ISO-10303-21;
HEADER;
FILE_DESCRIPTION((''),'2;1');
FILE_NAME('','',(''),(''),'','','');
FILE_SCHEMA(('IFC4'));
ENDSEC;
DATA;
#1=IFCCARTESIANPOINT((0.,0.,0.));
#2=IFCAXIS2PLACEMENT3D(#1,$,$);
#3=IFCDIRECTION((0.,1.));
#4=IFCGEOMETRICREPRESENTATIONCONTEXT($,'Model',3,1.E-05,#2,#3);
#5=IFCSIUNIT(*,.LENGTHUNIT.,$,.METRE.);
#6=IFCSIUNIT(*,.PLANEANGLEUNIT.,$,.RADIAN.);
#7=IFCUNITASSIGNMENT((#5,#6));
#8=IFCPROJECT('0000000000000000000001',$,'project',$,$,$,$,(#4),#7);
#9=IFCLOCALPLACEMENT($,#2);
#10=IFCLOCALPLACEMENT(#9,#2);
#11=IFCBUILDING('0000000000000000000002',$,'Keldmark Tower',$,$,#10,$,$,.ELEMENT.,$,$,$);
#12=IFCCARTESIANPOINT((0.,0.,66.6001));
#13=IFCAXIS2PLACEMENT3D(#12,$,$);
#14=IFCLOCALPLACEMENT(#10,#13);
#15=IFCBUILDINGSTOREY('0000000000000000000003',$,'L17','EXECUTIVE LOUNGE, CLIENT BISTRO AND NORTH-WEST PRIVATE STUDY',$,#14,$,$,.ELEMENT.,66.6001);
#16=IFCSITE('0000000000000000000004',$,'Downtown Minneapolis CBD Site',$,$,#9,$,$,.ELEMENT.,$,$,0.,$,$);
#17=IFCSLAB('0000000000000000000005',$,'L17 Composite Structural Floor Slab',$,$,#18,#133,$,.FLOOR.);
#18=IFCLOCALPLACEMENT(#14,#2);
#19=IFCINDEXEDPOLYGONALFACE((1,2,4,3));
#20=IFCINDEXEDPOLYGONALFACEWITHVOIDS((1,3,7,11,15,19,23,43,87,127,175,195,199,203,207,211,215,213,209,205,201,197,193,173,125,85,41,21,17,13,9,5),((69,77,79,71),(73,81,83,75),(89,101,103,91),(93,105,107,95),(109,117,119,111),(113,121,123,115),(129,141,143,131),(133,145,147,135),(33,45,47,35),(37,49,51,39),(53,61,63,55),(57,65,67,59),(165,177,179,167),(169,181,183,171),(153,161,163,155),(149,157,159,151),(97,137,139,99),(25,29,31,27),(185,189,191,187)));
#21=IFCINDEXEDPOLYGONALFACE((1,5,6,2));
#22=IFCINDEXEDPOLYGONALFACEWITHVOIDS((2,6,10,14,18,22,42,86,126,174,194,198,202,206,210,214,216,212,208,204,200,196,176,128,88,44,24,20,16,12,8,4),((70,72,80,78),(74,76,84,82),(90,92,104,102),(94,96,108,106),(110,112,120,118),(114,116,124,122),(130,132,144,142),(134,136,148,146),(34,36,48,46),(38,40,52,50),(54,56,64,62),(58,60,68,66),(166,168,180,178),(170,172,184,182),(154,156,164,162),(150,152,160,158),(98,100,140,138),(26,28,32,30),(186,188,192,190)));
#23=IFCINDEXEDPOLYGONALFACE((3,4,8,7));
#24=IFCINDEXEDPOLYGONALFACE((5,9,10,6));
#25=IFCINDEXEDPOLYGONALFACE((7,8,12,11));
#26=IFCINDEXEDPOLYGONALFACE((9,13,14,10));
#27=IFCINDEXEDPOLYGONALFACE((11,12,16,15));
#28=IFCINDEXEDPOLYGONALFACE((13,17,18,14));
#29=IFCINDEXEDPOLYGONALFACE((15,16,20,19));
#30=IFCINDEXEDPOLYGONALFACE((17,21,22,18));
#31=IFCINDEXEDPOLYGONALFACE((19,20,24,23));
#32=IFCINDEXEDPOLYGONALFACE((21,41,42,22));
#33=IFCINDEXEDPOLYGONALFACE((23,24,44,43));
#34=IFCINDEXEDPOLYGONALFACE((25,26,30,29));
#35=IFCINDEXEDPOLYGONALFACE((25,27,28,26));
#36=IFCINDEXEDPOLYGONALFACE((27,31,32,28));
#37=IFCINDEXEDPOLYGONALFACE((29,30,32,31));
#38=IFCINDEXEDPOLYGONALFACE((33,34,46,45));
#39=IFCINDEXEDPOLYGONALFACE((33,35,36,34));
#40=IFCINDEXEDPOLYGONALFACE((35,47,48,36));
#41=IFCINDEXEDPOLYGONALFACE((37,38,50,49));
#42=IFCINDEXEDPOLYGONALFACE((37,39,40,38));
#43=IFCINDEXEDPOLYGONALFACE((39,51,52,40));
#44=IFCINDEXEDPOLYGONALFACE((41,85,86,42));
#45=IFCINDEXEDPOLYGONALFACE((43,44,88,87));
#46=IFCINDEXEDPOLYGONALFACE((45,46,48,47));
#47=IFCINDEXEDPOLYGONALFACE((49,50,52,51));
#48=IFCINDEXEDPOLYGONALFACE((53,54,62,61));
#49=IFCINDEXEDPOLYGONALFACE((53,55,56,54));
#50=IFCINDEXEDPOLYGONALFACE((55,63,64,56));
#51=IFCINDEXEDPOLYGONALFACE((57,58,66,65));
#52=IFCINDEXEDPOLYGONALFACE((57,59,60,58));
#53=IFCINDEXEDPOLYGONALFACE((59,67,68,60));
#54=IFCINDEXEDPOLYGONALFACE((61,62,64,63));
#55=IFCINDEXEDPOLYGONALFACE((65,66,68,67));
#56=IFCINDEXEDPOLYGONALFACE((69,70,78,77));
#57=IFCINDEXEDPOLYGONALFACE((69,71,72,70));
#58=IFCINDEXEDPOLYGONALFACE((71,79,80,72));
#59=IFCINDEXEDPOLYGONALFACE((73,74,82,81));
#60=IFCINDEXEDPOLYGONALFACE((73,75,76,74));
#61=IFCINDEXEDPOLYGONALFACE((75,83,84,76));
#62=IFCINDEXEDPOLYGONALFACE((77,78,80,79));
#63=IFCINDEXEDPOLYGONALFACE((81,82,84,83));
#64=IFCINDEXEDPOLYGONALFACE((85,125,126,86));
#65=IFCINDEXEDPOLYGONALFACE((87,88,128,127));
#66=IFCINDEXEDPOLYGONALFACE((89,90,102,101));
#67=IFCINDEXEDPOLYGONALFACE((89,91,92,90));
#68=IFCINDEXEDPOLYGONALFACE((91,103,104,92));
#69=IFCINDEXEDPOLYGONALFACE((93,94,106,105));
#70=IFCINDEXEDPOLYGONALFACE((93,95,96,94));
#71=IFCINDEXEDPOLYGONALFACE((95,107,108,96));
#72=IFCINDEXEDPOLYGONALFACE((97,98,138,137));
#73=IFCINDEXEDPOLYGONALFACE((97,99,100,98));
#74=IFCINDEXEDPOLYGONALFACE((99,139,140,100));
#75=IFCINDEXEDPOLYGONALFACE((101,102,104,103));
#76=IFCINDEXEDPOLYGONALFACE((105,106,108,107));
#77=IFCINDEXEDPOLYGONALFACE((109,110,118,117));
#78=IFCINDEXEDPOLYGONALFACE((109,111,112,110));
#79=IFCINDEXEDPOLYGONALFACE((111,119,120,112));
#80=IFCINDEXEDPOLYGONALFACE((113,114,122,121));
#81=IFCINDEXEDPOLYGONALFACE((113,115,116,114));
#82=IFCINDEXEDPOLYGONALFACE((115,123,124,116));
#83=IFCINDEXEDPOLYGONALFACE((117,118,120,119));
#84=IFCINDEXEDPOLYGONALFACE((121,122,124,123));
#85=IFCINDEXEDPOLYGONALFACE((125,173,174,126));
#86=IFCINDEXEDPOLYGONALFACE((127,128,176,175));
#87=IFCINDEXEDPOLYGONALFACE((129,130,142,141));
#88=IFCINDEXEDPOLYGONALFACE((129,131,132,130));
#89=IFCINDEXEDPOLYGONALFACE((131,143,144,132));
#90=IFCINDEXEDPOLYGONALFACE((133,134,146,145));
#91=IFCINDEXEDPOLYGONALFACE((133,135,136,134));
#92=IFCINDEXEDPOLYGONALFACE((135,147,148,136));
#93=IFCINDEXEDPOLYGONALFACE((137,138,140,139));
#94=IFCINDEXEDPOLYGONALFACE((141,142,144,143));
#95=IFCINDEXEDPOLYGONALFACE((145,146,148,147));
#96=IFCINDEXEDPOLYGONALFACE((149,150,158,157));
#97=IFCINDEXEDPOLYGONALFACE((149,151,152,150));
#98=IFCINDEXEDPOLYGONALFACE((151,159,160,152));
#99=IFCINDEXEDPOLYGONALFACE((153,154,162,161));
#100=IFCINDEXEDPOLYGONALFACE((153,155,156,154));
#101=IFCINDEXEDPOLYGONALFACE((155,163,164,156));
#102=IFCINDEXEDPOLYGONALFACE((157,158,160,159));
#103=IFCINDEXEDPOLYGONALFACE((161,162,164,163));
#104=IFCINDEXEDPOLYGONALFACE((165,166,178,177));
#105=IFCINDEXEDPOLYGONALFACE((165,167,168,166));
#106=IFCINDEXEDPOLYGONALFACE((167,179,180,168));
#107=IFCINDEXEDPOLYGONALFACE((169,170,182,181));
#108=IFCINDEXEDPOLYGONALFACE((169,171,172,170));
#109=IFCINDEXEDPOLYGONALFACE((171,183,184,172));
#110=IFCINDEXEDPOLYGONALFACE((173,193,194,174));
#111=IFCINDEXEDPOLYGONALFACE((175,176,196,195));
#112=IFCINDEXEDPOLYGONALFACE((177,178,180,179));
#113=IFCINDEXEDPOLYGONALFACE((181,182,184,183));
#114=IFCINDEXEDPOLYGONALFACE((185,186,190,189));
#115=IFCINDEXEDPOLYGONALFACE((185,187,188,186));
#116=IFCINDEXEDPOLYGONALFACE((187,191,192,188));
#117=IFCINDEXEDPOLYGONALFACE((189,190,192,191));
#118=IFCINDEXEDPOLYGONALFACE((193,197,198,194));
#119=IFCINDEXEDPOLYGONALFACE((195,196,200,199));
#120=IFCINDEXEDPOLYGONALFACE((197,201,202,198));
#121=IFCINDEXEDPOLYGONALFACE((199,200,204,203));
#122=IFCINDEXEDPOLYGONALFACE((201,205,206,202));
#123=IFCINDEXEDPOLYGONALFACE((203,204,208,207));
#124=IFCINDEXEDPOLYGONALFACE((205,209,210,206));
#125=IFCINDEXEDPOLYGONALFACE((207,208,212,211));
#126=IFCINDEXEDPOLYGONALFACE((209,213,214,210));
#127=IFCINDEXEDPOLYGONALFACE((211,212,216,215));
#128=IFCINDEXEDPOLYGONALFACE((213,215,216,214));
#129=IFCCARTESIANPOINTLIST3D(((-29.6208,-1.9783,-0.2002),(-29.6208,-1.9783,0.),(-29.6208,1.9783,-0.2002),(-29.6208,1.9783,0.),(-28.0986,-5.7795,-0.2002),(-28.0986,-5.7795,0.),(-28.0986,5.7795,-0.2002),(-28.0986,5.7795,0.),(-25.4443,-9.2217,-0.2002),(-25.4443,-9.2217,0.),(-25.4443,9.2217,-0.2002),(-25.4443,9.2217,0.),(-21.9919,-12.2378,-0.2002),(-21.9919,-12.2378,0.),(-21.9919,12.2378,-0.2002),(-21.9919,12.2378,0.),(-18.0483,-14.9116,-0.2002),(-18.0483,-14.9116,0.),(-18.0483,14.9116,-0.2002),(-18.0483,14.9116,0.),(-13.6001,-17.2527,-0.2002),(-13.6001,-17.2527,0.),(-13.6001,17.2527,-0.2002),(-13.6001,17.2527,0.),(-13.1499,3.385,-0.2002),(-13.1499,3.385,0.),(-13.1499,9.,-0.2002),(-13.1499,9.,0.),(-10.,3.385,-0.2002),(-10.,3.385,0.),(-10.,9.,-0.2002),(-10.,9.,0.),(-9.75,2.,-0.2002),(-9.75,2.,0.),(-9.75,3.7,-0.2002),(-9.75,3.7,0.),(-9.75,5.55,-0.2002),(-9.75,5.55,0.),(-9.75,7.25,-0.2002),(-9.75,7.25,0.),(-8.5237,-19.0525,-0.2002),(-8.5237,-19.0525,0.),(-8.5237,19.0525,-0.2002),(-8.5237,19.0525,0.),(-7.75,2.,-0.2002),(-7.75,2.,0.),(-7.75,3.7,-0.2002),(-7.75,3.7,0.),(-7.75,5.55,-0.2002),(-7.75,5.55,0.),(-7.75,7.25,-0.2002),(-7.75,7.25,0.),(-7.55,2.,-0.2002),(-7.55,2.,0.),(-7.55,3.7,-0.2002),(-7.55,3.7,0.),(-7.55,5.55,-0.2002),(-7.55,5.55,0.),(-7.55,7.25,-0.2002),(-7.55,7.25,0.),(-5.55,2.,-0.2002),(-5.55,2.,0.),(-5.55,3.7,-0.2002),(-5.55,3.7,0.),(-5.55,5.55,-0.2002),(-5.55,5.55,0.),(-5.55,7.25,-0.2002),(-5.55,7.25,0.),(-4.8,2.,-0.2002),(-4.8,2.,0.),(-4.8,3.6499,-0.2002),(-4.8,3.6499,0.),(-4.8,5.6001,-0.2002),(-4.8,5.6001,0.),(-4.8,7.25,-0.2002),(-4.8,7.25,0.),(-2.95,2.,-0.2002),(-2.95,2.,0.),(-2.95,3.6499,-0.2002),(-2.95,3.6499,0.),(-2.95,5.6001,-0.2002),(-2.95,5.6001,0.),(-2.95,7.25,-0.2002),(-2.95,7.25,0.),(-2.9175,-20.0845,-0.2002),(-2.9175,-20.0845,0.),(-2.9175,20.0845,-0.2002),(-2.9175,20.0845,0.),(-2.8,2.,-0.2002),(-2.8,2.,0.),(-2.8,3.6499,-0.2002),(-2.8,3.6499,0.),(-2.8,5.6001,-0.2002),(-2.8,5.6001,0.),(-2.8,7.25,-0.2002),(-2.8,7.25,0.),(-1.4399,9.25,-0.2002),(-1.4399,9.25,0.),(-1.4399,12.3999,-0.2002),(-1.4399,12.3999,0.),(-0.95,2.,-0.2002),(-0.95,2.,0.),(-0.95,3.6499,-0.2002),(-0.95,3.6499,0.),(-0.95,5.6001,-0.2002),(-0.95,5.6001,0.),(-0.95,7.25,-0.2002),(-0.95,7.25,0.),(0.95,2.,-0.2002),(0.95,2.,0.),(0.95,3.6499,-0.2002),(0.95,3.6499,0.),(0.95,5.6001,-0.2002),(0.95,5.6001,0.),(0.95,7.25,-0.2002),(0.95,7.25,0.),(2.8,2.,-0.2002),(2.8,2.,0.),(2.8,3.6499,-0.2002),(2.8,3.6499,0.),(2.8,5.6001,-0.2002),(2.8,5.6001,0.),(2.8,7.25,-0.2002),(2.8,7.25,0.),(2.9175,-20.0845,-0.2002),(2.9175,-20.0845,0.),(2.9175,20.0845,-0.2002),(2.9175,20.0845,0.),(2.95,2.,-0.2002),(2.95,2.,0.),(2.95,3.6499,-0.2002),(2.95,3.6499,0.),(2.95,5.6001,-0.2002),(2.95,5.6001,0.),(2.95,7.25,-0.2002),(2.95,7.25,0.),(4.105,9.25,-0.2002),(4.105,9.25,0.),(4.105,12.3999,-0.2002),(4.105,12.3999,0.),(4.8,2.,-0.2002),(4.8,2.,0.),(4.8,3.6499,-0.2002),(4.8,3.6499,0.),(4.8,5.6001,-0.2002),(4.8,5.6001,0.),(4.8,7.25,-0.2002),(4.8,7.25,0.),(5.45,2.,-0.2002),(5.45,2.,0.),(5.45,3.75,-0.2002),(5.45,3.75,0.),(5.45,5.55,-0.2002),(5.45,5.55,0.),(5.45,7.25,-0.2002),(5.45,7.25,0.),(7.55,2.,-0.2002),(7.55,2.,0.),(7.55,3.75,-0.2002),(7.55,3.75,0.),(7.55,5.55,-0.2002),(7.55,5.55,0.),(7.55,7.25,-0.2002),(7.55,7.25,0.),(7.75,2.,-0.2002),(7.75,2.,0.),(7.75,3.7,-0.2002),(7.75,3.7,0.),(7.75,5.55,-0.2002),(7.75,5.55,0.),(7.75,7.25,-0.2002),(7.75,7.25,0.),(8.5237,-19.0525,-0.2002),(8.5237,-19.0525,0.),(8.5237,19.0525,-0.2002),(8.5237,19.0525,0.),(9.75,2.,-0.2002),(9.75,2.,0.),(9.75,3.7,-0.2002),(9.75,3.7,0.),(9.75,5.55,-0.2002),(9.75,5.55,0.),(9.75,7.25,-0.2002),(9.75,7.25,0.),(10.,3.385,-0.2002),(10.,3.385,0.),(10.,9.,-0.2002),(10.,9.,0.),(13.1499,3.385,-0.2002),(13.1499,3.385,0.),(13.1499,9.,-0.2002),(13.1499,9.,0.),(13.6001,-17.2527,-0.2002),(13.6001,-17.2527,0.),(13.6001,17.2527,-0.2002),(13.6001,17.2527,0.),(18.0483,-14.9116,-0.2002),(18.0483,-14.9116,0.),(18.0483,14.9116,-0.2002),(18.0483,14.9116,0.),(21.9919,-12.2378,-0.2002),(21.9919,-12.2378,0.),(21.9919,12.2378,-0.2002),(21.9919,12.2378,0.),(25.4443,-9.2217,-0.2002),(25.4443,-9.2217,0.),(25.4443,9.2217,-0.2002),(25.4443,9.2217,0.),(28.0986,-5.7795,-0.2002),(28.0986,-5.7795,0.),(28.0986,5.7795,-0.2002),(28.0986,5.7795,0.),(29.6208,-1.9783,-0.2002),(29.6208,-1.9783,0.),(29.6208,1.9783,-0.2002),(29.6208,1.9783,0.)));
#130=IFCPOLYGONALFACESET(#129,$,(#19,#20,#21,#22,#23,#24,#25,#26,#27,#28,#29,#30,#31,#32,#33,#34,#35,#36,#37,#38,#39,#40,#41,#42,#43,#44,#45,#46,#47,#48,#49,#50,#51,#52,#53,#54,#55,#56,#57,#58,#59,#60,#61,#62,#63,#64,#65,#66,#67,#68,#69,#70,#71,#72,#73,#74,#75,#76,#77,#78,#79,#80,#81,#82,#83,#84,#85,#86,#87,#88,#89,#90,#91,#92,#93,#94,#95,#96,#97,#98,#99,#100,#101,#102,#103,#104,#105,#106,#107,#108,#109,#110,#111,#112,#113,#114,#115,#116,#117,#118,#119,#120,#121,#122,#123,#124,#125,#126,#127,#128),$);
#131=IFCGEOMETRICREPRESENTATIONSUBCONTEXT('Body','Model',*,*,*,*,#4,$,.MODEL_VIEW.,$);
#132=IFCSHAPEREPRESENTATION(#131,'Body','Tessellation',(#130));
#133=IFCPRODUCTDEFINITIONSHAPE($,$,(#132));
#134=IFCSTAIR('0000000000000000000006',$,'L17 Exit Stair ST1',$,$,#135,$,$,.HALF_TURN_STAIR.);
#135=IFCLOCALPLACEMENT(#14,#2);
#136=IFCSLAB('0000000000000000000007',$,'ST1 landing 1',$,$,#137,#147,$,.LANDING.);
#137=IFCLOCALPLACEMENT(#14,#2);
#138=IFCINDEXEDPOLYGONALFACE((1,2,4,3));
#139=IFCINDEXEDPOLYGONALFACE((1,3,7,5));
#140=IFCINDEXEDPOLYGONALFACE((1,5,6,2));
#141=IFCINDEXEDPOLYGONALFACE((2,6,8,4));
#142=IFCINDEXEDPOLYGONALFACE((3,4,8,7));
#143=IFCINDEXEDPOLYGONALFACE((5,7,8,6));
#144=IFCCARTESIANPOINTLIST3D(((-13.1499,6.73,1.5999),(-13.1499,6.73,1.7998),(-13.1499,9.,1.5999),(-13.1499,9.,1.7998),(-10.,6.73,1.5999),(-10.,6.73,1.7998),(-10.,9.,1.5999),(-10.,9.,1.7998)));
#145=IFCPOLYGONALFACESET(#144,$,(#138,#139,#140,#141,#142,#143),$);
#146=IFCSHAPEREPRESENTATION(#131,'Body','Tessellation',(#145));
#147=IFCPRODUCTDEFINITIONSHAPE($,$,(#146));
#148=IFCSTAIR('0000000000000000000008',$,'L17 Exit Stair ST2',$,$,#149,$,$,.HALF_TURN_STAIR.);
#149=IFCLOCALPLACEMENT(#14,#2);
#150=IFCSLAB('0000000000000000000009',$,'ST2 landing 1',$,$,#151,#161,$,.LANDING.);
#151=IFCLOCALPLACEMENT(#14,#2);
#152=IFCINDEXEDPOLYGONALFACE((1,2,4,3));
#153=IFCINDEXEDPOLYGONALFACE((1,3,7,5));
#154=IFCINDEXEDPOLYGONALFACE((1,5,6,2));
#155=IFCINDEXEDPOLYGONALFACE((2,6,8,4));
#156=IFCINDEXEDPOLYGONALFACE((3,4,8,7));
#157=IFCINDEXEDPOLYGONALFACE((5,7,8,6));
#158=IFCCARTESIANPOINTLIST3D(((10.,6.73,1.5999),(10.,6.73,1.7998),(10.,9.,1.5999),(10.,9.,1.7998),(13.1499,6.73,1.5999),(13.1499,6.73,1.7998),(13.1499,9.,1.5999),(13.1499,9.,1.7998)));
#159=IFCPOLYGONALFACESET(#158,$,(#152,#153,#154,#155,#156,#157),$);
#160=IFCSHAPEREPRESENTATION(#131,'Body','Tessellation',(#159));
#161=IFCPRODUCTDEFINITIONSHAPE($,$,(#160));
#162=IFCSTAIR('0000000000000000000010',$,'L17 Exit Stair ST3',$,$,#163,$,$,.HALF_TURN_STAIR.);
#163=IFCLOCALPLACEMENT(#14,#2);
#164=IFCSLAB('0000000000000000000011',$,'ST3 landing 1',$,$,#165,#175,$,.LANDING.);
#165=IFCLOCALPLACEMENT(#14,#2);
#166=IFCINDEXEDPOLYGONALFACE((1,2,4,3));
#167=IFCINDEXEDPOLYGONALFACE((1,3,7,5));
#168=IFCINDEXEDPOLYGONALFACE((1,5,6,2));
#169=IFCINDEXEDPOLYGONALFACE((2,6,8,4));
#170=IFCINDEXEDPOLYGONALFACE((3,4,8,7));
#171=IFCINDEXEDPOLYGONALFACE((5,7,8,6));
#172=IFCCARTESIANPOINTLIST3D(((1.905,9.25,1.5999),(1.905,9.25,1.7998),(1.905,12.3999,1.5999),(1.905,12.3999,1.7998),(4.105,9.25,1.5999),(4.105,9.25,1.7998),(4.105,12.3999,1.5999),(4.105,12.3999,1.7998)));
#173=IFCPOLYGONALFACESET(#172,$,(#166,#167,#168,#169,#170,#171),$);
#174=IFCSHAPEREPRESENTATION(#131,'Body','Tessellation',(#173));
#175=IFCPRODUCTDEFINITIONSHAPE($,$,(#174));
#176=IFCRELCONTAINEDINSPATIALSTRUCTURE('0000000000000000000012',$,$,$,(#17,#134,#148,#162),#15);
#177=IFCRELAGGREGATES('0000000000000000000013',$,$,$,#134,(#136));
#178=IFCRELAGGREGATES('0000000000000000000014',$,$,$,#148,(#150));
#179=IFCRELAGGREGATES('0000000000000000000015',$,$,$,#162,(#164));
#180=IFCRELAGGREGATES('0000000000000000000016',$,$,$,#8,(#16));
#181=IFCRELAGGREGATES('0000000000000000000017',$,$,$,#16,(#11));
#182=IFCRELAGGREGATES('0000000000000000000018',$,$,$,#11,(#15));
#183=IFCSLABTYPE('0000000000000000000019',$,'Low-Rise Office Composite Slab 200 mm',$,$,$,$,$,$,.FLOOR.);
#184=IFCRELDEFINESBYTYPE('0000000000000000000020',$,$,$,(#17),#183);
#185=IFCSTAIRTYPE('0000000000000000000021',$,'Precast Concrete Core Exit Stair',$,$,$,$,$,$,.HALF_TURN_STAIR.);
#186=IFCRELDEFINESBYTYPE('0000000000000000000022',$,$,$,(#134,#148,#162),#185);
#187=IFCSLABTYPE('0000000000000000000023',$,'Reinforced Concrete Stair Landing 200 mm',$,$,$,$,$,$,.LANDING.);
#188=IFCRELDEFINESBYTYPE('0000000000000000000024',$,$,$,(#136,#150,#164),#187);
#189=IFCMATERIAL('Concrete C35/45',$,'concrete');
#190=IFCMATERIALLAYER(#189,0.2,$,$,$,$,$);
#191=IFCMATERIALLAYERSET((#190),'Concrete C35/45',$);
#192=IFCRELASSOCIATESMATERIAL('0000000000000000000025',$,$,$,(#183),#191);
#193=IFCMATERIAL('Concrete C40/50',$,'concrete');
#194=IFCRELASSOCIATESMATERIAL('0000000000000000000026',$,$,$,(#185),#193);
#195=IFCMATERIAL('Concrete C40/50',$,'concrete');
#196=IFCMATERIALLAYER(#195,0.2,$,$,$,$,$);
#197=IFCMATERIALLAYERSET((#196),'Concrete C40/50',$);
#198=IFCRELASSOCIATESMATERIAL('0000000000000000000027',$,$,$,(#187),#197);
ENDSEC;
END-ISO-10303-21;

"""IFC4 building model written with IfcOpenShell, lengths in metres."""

from ifc_helpers import new_model, si_unit, direction, frame, origin, place, context, subcontext, project, spatial, polyline, outline, extrude, material, layer, layer_set, type_object, element, aggregate, save


model = new_model("IFC4")

# Units and contexts
model_context = context("Model", 3, precision=1e-05, world=origin(), true_north=direction((0.0, 1.0)))
body_context = subcontext(model_context, "Body", "Model", "MODEL_VIEW")
ifc_project = project(units=[si_unit("LENGTHUNIT", "METRE"), si_unit("PLANEANGLEUNIT", "RADIAN")], contexts=[model_context])

# Site, building, storey
site_placement = place(None, origin())
site = spatial("IfcSite", under=ifc_project, at=site_placement, Name="Downtown Minneapolis CBD Site", CompositionType="ELEMENT", RefElevation=0.0)
building_placement = place(site_placement, origin())
building = spatial("IfcBuilding", under=site, at=building_placement, Name="Keldmark Tower", CompositionType="ELEMENT")
storey_placement = place(building_placement, frame((0.0, 0.0, 66.6001)))
storey = spatial("IfcBuildingStorey", under=building, at=storey_placement, Name="L17", Description="EXECUTIVE LOUNGE, CLIENT BISTRO AND NORTH-WEST PRIVATE STUDY", CompositionType="ELEMENT", Elevation=66.6001)

# Slab
ifc_material_1 = material(Name="Concrete C35/45", Category="concrete")
ifc_layer_1 = layer(ifc_material_1, 0.2)
ifc_layer_set_1 = layer_set([ifc_layer_1], Name="Concrete C35/45")
slab_type_1 = type_object("IfcSlabType", Name="Low-Rise Office Composite Slab 200 mm", PredefinedType="FLOOR", material=ifc_layer_set_1)
slab_1_placement = place(storey_placement, frame((0.0, 0.0, -0.2002)))
element("IfcSlab", 1, at=slab_1_placement, inside=storey, type_object=slab_type_1, Name="L17 Composite Structural Floor Slab", PredefinedType="FLOOR", context=body_context, shape_type="SweptSolid", body=[
    extrude(outline(polyline([(29.6208, 1.9783), (28.0986, 5.7795), (25.4443, 9.2217), (21.9919, 12.2378), (18.0483, 14.9116), (13.6001, 17.2527), (8.5237, 19.0525), (2.9175, 20.0845), (-2.9175, 20.0845), (-8.5237, 19.0525), (-13.6001, 17.2527), (-18.0483, 14.9116), (-21.9919, 12.2378), (-25.4443, 9.2217), (-28.0986, 5.7795), (-29.6208, 1.9783), (-29.6208, -1.9783), (-28.0986, -5.7795), (-25.4443, -9.2217), (-21.9919, -12.2378), (-18.0483, -14.9116), (-13.6001, -17.2527), (-8.5237, -19.0525), (-2.9175, -20.0845), (2.9175, -20.0845), (8.5237, -19.0525), (13.6001, -17.2527), (18.0483, -14.9116), (21.9919, -12.2378), (25.4443, -9.2217), (28.0986, -5.7795), (29.6208, -1.9783), (29.6208, 1.9783)]), holes=[polyline([(-10.0, 3.385), (-10.0, 9.0), (-13.1499, 9.0), (-13.1499, 3.385), (-10.0, 3.385)]), polyline([(13.1499, 3.385), (13.1499, 9.0), (10.0, 9.0), (10.0, 3.385), (13.1499, 3.385)]), polyline([(-1.4399, 9.25), (4.105, 9.25), (4.105, 12.3999), (-1.4399, 12.3999), (-1.4399, 9.25)]), polyline([(-9.75, 2.0), (-7.75, 2.0), (-7.75, 3.7), (-9.75, 3.7), (-9.75, 2.0)]), polyline([(7.75, 2.0), (9.75, 2.0), (9.75, 3.7), (7.75, 3.7), (7.75, 2.0)]), polyline([(5.45, 2.0), (7.55, 2.0), (7.55, 3.75), (5.45, 3.75), (5.45, 2.0)]), polyline([(-4.8, 2.0), (-2.95, 2.0), (-2.95, 3.6499), (-4.8, 3.6499), (-4.8, 2.0)]), polyline([(-2.8, 2.0), (-0.95, 2.0), (-0.95, 3.6499), (-2.8, 3.6499), (-2.8, 2.0)]), polyline([(0.95, 2.0), (2.8, 2.0), (2.8, 3.6499), (0.95, 3.6499), (0.95, 2.0)]), polyline([(2.95, 2.0), (4.8, 2.0), (4.8, 3.6499), (2.95, 3.6499), (2.95, 2.0)]), polyline([(-4.8, 5.6001), (-2.95, 5.6001), (-2.95, 7.25), (-4.8, 7.25), (-4.8, 5.6001)]), polyline([(-2.8, 5.6001), (-0.95, 5.6001), (-0.95, 7.25), (-2.8, 7.25), (-2.8, 5.6001)]), polyline([(0.95, 5.6001), (2.8, 5.6001), (2.8, 7.25), (0.95, 7.25), (0.95, 5.6001)]), polyline([(2.95, 5.6001), (4.8, 5.6001), (4.8, 7.25), (2.95, 7.25), (2.95, 5.6001)]), polyline([(-9.75, 5.55), (-7.75, 5.55), (-7.75, 7.25), (-9.75, 7.25), (-9.75, 5.55)]), polyline([(-7.55, 5.55), (-5.55, 5.55), (-5.55, 7.25), (-7.55, 7.25), (-7.55, 5.55)]), polyline([(-7.55, 2.0), (-5.55, 2.0), (-5.55, 3.7), (-7.55, 3.7), (-7.55, 2.0)]), polyline([(5.45, 5.55), (7.55, 5.55), (7.55, 7.25), (5.45, 7.25), (5.45, 5.55)]), polyline([(7.75, 5.55), (9.75, 5.55), (9.75, 7.25), (7.75, 7.25), (7.75, 5.55)])]), origin(), (0.0, 0.0, 1.0), 0.2002),
])

# Stairs, slabs
ifc_material_2 = material(Name="Concrete C40/50", Category="concrete")
stair_type = type_object("IfcStairType", Name="Precast Concrete Core Exit Stair", PredefinedType="HALF_TURN_STAIR", material=ifc_material_2)
stair_1_placement = place(storey_placement, origin())
stair_1 = element("IfcStair", 2, at=stair_1_placement, inside=storey, type_object=stair_type, Name="L17 Exit Stair ST1", PredefinedType="HALF_TURN_STAIR")
ifc_material_3 = material(Name="Concrete C40/50", Category="concrete")
ifc_layer_2 = layer(ifc_material_3, 0.2)
ifc_layer_set_2 = layer_set([ifc_layer_2], Name="Concrete C40/50")
slab_type_2 = type_object("IfcSlabType", Name="Reinforced Concrete Stair Landing 200 mm", PredefinedType="LANDING", material=ifc_layer_set_2)
slab_2_placement = place(storey_placement, frame((0.0, 0.0, 1.5999)))
slab_2 = element("IfcSlab", 3, at=slab_2_placement, type_object=slab_type_2, Name="ST1 landing 1", PredefinedType="LANDING", context=body_context, shape_type="SweptSolid", body=[
    extrude(outline(polyline([(-10.0, 6.73), (-10.0, 9.0), (-13.1499, 9.0), (-13.1499, 6.73), (-10.0, 6.73)])), origin(), (0.0, 0.0, 1.0), 0.2),
])
aggregate(stair_1, [slab_2])
stair_2_placement = place(storey_placement, origin())
stair_2 = element("IfcStair", 4, at=stair_2_placement, inside=storey, type_object=stair_type, Name="L17 Exit Stair ST2", PredefinedType="HALF_TURN_STAIR")
slab_3_placement = place(storey_placement, frame((0.0, 0.0, 1.5999)))
slab_3 = element("IfcSlab", 5, at=slab_3_placement, type_object=slab_type_2, Name="ST2 landing 1", PredefinedType="LANDING", context=body_context, shape_type="SweptSolid", body=[
    extrude(outline(polyline([(13.1499, 6.73), (13.1499, 9.0), (10.0, 9.0), (10.0, 6.73), (13.1499, 6.73)])), origin(), (0.0, 0.0, 1.0), 0.2),
])
aggregate(stair_2, [slab_3])
stair_3_placement = place(storey_placement, origin())
stair_3 = element("IfcStair", 6, at=stair_3_placement, inside=storey, type_object=stair_type, Name="L17 Exit Stair ST3", PredefinedType="HALF_TURN_STAIR")
slab_4_placement = place(storey_placement, frame((0.0, 0.0, 1.5999)))
slab_4 = element("IfcSlab", 7, at=slab_4_placement, type_object=slab_type_2, Name="ST3 landing 1", PredefinedType="LANDING", context=body_context, shape_type="SweptSolid", body=[
    extrude(outline(polyline([(1.905, 9.25), (4.105, 9.25), (4.105, 12.3999), (1.905, 12.3999), (1.905, 9.25)])), origin(), (0.0, 0.0, 1.0), 0.2),
])
aggregate(stair_3, [slab_4])

save(model, "model.ifc")
